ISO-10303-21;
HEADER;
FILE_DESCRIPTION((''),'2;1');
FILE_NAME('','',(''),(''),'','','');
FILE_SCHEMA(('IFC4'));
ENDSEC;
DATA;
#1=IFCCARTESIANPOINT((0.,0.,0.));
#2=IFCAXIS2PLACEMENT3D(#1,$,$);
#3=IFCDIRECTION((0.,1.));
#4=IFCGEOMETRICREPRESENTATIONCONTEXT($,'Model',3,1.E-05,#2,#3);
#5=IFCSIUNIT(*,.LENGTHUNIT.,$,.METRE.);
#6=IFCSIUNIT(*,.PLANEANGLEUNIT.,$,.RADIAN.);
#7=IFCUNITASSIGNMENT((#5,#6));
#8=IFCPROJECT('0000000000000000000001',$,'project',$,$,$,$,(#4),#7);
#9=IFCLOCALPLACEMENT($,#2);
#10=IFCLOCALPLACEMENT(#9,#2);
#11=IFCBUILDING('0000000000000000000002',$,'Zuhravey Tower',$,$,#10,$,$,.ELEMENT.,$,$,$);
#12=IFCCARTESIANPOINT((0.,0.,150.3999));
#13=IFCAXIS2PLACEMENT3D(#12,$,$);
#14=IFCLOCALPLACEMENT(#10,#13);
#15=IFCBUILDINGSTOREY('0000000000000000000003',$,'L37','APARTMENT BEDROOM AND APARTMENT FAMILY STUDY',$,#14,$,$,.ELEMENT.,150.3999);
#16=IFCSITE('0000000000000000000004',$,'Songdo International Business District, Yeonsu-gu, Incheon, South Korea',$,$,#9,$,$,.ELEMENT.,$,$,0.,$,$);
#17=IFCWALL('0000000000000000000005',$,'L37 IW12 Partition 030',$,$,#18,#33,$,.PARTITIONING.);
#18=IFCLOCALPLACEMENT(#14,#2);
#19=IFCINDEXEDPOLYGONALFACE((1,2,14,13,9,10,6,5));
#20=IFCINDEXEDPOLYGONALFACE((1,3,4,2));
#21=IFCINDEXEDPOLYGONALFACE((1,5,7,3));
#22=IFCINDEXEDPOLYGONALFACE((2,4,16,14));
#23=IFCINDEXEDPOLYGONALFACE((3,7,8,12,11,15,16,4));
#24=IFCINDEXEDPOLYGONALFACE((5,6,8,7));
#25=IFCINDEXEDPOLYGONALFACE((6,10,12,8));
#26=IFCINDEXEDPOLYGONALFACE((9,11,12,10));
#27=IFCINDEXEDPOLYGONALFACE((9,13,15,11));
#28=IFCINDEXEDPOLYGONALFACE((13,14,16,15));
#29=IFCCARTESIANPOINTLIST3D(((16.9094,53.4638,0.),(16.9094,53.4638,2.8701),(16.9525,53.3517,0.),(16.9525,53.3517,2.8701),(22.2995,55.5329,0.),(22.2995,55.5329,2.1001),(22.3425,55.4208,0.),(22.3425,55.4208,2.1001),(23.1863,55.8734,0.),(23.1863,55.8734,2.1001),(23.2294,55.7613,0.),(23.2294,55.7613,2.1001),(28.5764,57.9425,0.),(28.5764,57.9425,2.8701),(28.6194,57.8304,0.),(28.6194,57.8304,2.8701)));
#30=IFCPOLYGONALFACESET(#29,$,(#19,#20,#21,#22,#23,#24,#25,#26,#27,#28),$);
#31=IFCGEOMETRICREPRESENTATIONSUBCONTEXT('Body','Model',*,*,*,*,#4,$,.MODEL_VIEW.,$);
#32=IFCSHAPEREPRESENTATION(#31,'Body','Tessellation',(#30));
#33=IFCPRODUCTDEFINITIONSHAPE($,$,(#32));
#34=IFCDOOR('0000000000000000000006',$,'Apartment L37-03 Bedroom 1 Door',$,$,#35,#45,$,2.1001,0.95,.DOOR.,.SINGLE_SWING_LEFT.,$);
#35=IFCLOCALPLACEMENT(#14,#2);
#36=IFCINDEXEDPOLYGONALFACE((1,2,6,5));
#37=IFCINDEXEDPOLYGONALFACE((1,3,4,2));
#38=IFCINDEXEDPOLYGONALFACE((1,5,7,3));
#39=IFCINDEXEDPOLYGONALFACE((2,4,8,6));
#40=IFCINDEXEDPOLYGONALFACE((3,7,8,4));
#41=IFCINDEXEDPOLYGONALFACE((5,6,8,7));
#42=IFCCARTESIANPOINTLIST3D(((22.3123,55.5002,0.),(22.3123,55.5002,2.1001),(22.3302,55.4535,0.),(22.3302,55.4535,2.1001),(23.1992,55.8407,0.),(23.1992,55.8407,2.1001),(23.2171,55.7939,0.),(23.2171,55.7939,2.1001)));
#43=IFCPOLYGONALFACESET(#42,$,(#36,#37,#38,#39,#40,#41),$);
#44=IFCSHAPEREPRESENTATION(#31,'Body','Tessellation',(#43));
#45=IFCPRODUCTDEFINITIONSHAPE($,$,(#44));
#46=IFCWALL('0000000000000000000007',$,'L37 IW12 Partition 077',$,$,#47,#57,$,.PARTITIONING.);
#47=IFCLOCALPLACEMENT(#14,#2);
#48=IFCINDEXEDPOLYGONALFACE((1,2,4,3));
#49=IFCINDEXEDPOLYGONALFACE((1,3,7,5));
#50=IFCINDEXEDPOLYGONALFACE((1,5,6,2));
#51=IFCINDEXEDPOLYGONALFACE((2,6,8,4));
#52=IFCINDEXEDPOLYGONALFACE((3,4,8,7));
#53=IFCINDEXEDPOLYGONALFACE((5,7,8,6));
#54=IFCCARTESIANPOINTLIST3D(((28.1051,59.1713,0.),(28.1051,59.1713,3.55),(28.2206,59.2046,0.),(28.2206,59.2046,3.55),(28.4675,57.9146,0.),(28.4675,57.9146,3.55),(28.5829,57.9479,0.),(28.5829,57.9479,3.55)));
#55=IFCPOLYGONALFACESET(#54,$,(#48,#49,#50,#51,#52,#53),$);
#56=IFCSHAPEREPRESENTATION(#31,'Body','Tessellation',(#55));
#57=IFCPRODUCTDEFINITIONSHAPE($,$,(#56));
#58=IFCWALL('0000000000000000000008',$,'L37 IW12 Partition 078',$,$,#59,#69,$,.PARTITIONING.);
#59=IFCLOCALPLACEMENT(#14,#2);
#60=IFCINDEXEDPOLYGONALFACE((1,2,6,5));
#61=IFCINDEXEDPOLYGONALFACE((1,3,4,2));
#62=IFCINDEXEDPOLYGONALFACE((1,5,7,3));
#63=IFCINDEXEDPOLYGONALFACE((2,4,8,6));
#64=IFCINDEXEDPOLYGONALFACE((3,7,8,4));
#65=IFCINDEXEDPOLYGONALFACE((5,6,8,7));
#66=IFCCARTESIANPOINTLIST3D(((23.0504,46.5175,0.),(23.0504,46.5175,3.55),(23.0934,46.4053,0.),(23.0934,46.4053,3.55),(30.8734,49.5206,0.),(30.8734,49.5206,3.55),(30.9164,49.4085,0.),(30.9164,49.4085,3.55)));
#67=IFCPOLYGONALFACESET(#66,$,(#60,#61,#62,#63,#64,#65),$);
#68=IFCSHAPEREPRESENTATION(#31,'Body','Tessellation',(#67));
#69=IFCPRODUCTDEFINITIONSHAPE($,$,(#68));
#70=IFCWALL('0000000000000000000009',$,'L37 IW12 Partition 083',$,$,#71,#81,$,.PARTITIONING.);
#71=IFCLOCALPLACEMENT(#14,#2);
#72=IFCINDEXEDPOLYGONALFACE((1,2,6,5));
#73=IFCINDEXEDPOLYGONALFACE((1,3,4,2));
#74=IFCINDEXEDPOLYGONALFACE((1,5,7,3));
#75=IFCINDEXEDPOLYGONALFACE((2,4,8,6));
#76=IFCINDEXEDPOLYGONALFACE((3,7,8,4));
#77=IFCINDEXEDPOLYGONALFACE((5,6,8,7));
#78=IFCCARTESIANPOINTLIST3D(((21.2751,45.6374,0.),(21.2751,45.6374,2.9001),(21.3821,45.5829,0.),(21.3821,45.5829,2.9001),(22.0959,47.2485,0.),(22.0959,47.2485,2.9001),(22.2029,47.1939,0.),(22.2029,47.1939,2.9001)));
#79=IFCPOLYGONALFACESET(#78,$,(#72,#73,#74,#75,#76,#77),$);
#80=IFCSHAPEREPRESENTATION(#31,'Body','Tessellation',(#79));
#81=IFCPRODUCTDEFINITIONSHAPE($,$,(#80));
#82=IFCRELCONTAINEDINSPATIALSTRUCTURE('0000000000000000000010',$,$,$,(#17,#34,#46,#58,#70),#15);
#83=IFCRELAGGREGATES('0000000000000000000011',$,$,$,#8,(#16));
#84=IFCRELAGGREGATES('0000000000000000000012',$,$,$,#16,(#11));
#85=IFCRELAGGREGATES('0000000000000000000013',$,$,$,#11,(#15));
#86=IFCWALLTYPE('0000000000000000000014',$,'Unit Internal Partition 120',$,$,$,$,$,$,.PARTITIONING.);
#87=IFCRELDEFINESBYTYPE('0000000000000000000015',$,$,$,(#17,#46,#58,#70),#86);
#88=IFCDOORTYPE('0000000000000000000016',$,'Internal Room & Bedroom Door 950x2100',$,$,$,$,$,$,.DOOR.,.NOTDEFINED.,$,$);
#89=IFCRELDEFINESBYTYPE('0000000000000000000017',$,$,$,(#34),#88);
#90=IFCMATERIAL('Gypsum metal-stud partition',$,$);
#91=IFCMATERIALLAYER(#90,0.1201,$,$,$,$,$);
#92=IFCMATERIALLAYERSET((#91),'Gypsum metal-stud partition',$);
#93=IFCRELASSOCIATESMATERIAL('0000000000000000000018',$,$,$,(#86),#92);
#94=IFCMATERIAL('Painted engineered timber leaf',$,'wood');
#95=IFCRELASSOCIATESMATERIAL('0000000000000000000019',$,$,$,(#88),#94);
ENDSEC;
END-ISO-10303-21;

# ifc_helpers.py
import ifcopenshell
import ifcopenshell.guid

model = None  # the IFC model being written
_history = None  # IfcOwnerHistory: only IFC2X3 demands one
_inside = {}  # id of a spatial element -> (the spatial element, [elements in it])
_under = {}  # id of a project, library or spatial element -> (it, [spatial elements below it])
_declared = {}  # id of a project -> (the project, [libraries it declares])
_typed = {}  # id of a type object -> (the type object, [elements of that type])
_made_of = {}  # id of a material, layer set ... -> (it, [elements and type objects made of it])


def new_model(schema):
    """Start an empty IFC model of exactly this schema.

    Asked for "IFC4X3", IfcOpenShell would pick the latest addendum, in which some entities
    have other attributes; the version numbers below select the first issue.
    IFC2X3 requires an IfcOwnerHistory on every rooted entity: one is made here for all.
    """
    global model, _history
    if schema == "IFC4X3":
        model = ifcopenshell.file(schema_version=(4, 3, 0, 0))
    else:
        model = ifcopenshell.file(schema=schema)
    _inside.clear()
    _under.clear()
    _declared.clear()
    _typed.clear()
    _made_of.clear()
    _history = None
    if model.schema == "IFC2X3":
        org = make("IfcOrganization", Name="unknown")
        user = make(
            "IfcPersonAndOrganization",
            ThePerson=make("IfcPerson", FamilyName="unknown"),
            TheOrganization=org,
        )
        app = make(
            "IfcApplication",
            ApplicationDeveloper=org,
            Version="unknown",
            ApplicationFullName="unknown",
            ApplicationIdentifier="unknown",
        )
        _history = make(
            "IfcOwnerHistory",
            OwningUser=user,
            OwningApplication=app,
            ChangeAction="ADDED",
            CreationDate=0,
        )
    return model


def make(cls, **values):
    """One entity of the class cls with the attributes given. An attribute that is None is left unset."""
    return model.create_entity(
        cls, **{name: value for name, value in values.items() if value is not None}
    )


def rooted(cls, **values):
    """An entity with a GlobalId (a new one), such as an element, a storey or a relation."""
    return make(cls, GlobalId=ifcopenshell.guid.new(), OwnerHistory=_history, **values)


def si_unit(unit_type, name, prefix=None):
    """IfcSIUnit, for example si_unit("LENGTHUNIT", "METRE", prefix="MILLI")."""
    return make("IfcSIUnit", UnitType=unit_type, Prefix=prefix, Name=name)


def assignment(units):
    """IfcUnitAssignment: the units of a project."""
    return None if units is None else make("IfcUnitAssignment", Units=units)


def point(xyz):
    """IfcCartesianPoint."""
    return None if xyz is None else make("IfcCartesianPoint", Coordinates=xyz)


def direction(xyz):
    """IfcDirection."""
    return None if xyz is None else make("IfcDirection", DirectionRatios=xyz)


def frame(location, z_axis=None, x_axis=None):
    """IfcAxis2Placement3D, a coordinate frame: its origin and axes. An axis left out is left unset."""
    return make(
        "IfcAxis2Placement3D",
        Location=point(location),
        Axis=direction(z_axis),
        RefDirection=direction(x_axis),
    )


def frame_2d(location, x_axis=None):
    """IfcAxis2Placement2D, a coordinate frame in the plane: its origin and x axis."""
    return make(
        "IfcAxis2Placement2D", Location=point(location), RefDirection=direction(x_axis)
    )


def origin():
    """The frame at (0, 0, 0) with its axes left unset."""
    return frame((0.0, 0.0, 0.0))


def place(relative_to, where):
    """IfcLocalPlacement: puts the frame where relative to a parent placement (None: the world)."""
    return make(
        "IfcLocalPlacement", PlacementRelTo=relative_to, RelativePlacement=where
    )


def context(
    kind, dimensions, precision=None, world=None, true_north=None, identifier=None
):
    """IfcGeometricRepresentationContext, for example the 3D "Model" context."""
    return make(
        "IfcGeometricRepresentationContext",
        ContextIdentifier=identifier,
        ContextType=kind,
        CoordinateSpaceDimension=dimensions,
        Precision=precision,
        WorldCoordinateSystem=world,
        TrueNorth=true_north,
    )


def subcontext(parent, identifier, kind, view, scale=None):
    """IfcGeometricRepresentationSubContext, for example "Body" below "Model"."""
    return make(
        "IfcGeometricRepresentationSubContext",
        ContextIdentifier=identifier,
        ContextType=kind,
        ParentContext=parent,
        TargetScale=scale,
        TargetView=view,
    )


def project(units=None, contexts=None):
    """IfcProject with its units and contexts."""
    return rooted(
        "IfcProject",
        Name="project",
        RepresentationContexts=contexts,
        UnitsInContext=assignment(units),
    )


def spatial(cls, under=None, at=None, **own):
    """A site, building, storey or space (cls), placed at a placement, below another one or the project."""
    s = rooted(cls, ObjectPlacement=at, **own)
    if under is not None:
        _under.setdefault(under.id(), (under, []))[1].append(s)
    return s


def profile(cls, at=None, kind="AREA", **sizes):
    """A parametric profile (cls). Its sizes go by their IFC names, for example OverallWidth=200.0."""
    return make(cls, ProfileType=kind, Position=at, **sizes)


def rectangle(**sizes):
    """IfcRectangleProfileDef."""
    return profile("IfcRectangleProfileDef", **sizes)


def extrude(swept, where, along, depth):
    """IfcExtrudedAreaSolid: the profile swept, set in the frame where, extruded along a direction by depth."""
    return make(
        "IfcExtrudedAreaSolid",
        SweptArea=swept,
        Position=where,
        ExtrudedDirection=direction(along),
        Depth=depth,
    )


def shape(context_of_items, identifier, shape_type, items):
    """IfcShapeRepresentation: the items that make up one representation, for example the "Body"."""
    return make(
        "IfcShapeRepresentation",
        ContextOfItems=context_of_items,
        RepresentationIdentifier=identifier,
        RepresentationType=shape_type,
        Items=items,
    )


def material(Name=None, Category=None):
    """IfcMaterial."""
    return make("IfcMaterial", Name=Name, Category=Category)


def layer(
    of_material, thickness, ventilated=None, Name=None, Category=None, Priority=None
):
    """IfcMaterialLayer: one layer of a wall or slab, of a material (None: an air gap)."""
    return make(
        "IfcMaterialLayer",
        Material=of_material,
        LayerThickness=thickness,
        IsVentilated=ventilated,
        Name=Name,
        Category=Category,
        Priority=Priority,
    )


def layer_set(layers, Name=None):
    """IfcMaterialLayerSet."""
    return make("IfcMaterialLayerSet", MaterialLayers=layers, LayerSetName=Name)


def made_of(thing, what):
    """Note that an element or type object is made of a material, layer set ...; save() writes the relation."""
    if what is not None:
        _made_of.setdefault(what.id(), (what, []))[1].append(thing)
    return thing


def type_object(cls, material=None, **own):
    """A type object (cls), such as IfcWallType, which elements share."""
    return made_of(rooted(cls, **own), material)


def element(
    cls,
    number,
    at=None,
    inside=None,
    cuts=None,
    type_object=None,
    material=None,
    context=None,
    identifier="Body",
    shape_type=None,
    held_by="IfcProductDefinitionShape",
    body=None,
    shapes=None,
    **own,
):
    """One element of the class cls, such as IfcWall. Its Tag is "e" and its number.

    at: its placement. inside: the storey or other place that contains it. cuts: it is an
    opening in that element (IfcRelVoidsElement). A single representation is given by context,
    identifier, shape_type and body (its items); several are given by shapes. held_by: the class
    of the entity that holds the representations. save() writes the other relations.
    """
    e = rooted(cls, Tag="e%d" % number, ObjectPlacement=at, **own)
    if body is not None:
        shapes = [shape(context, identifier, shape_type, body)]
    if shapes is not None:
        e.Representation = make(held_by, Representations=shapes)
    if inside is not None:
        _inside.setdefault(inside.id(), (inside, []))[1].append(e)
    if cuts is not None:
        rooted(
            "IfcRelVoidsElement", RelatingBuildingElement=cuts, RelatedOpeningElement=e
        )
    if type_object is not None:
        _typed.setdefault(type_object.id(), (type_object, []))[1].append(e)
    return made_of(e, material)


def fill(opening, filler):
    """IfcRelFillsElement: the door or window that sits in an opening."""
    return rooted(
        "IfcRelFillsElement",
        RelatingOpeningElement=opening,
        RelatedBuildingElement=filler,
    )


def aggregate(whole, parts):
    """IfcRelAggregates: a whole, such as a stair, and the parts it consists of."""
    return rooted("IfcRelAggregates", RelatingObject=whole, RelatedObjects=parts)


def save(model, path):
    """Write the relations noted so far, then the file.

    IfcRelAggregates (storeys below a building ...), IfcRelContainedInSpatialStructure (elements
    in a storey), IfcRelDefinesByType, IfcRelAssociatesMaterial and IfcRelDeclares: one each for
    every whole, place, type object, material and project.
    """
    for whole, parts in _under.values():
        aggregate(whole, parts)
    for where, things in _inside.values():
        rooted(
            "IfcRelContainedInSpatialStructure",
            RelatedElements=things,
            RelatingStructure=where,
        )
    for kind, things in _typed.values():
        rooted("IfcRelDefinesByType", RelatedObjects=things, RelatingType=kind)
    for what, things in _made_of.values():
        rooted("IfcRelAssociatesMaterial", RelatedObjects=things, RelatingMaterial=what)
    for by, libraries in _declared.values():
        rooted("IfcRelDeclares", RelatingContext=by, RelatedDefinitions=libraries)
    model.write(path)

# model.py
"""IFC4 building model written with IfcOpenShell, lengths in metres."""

from ifc_helpers import new_model, si_unit, direction, frame, frame_2d, origin, place, context, subcontext, project, spatial, rectangle, extrude, material, layer, layer_set, type_object, element, fill, save


model = new_model("IFC4")

# Units and contexts
model_context = context("Model", 3, precision=1e-05, world=origin(), true_north=direction((0.0, 1.0)))
body_context = subcontext(model_context, "Body", "Model", "MODEL_VIEW")
ifc_project = project(units=[si_unit("LENGTHUNIT", "METRE"), si_unit("PLANEANGLEUNIT", "RADIAN")], contexts=[model_context])

# Site, building, storey
site_placement = place(None, origin())
site = spatial("IfcSite", under=ifc_project, at=site_placement, Name="Songdo International Business District, Yeonsu-gu, Incheon, South Korea", CompositionType="ELEMENT", RefElevation=0.0)
building_placement = place(site_placement, origin())
building = spatial("IfcBuilding", under=site, at=building_placement, Name="Zuhravey Tower", CompositionType="ELEMENT")
storey_placement = place(building_placement, frame((0.0, 0.0, 150.3999)))
storey = spatial("IfcBuildingStorey", under=building, at=storey_placement, Name="L37", Description="APARTMENT BEDROOM AND APARTMENT FAMILY STUDY", CompositionType="ELEMENT", Elevation=150.3999)

# Wall, opening, door
ifc_material_1 = material(Name="Gypsum metal-stud partition")
ifc_layer_1 = layer(ifc_material_1, 0.1201)
ifc_layer_set_1 = layer_set([ifc_layer_1], Name="Gypsum metal-stud partition")
wall_type_1 = type_object("IfcWallType", Name="Unit Internal Partition 120", PredefinedType="PARTITIONING", material=ifc_layer_set_1)
ifc_material_2 = material(Name="Painted engineered timber leaf", Category="wood")
door_type_1 = type_object("IfcDoorType", Name="Internal Room & Bedroom Door 950x2100", OperationType="NOTDEFINED", PredefinedType="DOOR", material=ifc_material_2)
wall_1_placement = place(storey_placement, frame((28.5979, 57.8865, 0.0), z_axis=(0.0, 0.0, 1.0), x_axis=(-0.933575, -0.358383, 0.0)))
wall_1 = element("IfcWall", 1, at=wall_1_placement, inside=storey, type_object=wall_type_1, Name="L37 IW12 Partition 030", PredefinedType="PARTITIONING", context=body_context, shape_type="SweptSolid", body=[
    extrude(rectangle(XDim=12.4971, YDim=0.1201, at=frame_2d((6.2485, 0.0))), origin(), (0.0, 0.0, 1.0), 2.8701),
])
opening_1_placement = place(wall_1_placement, frame((5.7734, 0.0, 0.0)))
opening_1 = element("IfcOpeningElement", 2, at=opening_1_placement, cuts=wall_1, PredefinedType="OPENING", context=body_context, shape_type="SweptSolid", body=[
    extrude(rectangle(XDim=0.95, YDim=2.1001, at=frame_2d((0.4751, 1.05))), frame((0.0, 0.072, 0.0), z_axis=(0.0, -1.0, 0.0), x_axis=(1.0, 0.0, 0.0)), (0.0, 0.0, 1.0), 0.144),
])
door_1_placement = place(opening_1_placement, frame((0.95, 0.0, 0.0), z_axis=(0.0, 0.0, 1.0), x_axis=(-1.0, 0.0, 0.0)))
door_1 = element("IfcDoor", 3, at=door_1_placement, inside=storey, type_object=door_type_1, Name="Apartment L37-03 Bedroom 1 Door", OperationType="SINGLE_SWING_LEFT", OverallHeight=2.1001, OverallWidth=0.95, PredefinedType="DOOR", context=body_context, shape_type="SweptSolid", body=[
    extrude(rectangle(XDim=0.95, YDim=2.1001, at=frame_2d((0.4751, 1.05))), frame((0.0, 0.0249, 0.0), z_axis=(0.0, -1.0, 0.0), x_axis=(1.0, 0.0, 0.0)), (0.0, 0.0, 1.0), 0.05),
])
fill(opening_1, door_1)

# Walls
wall_2_placement = place(storey_placement, frame((28.5251, 57.9314, 0.0), z_axis=(0.0, 0.0, 1.0), x_axis=(-0.277038, 0.960859, 0.0)))
element("IfcWall", 4, at=wall_2_placement, inside=storey, type_object=wall_type_1, Name="L37 IW12 Partition 077", PredefinedType="PARTITIONING", context=body_context, shape_type="SweptSolid", body=[
    extrude(rectangle(XDim=1.3079, YDim=0.1201, at=frame_2d((0.6538, 0.0))), origin(), (0.0, 0.0, 1.0), 3.55),
])
wall_3_placement = place(storey_placement, frame((30.895, 49.4646, 0.0), z_axis=(0.0, 0.0, 1.0), x_axis=(-0.933572, -0.358389, 0.0)))
element("IfcWall", 5, at=wall_3_placement, inside=storey, type_object=wall_type_1, Name="L37 IW12 Partition 078", PredefinedType="PARTITIONING", context=body_context, shape_type="SweptSolid", body=[
    extrude(rectangle(XDim=8.3796, YDim=0.1201, at=frame_2d((4.1899, 0.0))), origin(), (0.0, 0.0, 1.0), 3.55),
])
wall_4_placement = place(storey_placement, frame((22.1494, 47.2212, 0.0), z_axis=(0.0, 0.0, 1.0), x_axis=(-0.453952, -0.891026, 0.0)))
element("IfcWall", 6, at=wall_4_placement, inside=storey, type_object=wall_type_1, Name="L37 IW12 Partition 083", PredefinedType="PARTITIONING", context=body_context, shape_type="SweptSolid", body=[
    extrude(rectangle(XDim=1.8081, YDim=0.1201, at=frame_2d((0.9041, 0.0))), origin(), (0.0, 0.0, 1.0), 2.9001),
])

save(model, "model.ifc")
